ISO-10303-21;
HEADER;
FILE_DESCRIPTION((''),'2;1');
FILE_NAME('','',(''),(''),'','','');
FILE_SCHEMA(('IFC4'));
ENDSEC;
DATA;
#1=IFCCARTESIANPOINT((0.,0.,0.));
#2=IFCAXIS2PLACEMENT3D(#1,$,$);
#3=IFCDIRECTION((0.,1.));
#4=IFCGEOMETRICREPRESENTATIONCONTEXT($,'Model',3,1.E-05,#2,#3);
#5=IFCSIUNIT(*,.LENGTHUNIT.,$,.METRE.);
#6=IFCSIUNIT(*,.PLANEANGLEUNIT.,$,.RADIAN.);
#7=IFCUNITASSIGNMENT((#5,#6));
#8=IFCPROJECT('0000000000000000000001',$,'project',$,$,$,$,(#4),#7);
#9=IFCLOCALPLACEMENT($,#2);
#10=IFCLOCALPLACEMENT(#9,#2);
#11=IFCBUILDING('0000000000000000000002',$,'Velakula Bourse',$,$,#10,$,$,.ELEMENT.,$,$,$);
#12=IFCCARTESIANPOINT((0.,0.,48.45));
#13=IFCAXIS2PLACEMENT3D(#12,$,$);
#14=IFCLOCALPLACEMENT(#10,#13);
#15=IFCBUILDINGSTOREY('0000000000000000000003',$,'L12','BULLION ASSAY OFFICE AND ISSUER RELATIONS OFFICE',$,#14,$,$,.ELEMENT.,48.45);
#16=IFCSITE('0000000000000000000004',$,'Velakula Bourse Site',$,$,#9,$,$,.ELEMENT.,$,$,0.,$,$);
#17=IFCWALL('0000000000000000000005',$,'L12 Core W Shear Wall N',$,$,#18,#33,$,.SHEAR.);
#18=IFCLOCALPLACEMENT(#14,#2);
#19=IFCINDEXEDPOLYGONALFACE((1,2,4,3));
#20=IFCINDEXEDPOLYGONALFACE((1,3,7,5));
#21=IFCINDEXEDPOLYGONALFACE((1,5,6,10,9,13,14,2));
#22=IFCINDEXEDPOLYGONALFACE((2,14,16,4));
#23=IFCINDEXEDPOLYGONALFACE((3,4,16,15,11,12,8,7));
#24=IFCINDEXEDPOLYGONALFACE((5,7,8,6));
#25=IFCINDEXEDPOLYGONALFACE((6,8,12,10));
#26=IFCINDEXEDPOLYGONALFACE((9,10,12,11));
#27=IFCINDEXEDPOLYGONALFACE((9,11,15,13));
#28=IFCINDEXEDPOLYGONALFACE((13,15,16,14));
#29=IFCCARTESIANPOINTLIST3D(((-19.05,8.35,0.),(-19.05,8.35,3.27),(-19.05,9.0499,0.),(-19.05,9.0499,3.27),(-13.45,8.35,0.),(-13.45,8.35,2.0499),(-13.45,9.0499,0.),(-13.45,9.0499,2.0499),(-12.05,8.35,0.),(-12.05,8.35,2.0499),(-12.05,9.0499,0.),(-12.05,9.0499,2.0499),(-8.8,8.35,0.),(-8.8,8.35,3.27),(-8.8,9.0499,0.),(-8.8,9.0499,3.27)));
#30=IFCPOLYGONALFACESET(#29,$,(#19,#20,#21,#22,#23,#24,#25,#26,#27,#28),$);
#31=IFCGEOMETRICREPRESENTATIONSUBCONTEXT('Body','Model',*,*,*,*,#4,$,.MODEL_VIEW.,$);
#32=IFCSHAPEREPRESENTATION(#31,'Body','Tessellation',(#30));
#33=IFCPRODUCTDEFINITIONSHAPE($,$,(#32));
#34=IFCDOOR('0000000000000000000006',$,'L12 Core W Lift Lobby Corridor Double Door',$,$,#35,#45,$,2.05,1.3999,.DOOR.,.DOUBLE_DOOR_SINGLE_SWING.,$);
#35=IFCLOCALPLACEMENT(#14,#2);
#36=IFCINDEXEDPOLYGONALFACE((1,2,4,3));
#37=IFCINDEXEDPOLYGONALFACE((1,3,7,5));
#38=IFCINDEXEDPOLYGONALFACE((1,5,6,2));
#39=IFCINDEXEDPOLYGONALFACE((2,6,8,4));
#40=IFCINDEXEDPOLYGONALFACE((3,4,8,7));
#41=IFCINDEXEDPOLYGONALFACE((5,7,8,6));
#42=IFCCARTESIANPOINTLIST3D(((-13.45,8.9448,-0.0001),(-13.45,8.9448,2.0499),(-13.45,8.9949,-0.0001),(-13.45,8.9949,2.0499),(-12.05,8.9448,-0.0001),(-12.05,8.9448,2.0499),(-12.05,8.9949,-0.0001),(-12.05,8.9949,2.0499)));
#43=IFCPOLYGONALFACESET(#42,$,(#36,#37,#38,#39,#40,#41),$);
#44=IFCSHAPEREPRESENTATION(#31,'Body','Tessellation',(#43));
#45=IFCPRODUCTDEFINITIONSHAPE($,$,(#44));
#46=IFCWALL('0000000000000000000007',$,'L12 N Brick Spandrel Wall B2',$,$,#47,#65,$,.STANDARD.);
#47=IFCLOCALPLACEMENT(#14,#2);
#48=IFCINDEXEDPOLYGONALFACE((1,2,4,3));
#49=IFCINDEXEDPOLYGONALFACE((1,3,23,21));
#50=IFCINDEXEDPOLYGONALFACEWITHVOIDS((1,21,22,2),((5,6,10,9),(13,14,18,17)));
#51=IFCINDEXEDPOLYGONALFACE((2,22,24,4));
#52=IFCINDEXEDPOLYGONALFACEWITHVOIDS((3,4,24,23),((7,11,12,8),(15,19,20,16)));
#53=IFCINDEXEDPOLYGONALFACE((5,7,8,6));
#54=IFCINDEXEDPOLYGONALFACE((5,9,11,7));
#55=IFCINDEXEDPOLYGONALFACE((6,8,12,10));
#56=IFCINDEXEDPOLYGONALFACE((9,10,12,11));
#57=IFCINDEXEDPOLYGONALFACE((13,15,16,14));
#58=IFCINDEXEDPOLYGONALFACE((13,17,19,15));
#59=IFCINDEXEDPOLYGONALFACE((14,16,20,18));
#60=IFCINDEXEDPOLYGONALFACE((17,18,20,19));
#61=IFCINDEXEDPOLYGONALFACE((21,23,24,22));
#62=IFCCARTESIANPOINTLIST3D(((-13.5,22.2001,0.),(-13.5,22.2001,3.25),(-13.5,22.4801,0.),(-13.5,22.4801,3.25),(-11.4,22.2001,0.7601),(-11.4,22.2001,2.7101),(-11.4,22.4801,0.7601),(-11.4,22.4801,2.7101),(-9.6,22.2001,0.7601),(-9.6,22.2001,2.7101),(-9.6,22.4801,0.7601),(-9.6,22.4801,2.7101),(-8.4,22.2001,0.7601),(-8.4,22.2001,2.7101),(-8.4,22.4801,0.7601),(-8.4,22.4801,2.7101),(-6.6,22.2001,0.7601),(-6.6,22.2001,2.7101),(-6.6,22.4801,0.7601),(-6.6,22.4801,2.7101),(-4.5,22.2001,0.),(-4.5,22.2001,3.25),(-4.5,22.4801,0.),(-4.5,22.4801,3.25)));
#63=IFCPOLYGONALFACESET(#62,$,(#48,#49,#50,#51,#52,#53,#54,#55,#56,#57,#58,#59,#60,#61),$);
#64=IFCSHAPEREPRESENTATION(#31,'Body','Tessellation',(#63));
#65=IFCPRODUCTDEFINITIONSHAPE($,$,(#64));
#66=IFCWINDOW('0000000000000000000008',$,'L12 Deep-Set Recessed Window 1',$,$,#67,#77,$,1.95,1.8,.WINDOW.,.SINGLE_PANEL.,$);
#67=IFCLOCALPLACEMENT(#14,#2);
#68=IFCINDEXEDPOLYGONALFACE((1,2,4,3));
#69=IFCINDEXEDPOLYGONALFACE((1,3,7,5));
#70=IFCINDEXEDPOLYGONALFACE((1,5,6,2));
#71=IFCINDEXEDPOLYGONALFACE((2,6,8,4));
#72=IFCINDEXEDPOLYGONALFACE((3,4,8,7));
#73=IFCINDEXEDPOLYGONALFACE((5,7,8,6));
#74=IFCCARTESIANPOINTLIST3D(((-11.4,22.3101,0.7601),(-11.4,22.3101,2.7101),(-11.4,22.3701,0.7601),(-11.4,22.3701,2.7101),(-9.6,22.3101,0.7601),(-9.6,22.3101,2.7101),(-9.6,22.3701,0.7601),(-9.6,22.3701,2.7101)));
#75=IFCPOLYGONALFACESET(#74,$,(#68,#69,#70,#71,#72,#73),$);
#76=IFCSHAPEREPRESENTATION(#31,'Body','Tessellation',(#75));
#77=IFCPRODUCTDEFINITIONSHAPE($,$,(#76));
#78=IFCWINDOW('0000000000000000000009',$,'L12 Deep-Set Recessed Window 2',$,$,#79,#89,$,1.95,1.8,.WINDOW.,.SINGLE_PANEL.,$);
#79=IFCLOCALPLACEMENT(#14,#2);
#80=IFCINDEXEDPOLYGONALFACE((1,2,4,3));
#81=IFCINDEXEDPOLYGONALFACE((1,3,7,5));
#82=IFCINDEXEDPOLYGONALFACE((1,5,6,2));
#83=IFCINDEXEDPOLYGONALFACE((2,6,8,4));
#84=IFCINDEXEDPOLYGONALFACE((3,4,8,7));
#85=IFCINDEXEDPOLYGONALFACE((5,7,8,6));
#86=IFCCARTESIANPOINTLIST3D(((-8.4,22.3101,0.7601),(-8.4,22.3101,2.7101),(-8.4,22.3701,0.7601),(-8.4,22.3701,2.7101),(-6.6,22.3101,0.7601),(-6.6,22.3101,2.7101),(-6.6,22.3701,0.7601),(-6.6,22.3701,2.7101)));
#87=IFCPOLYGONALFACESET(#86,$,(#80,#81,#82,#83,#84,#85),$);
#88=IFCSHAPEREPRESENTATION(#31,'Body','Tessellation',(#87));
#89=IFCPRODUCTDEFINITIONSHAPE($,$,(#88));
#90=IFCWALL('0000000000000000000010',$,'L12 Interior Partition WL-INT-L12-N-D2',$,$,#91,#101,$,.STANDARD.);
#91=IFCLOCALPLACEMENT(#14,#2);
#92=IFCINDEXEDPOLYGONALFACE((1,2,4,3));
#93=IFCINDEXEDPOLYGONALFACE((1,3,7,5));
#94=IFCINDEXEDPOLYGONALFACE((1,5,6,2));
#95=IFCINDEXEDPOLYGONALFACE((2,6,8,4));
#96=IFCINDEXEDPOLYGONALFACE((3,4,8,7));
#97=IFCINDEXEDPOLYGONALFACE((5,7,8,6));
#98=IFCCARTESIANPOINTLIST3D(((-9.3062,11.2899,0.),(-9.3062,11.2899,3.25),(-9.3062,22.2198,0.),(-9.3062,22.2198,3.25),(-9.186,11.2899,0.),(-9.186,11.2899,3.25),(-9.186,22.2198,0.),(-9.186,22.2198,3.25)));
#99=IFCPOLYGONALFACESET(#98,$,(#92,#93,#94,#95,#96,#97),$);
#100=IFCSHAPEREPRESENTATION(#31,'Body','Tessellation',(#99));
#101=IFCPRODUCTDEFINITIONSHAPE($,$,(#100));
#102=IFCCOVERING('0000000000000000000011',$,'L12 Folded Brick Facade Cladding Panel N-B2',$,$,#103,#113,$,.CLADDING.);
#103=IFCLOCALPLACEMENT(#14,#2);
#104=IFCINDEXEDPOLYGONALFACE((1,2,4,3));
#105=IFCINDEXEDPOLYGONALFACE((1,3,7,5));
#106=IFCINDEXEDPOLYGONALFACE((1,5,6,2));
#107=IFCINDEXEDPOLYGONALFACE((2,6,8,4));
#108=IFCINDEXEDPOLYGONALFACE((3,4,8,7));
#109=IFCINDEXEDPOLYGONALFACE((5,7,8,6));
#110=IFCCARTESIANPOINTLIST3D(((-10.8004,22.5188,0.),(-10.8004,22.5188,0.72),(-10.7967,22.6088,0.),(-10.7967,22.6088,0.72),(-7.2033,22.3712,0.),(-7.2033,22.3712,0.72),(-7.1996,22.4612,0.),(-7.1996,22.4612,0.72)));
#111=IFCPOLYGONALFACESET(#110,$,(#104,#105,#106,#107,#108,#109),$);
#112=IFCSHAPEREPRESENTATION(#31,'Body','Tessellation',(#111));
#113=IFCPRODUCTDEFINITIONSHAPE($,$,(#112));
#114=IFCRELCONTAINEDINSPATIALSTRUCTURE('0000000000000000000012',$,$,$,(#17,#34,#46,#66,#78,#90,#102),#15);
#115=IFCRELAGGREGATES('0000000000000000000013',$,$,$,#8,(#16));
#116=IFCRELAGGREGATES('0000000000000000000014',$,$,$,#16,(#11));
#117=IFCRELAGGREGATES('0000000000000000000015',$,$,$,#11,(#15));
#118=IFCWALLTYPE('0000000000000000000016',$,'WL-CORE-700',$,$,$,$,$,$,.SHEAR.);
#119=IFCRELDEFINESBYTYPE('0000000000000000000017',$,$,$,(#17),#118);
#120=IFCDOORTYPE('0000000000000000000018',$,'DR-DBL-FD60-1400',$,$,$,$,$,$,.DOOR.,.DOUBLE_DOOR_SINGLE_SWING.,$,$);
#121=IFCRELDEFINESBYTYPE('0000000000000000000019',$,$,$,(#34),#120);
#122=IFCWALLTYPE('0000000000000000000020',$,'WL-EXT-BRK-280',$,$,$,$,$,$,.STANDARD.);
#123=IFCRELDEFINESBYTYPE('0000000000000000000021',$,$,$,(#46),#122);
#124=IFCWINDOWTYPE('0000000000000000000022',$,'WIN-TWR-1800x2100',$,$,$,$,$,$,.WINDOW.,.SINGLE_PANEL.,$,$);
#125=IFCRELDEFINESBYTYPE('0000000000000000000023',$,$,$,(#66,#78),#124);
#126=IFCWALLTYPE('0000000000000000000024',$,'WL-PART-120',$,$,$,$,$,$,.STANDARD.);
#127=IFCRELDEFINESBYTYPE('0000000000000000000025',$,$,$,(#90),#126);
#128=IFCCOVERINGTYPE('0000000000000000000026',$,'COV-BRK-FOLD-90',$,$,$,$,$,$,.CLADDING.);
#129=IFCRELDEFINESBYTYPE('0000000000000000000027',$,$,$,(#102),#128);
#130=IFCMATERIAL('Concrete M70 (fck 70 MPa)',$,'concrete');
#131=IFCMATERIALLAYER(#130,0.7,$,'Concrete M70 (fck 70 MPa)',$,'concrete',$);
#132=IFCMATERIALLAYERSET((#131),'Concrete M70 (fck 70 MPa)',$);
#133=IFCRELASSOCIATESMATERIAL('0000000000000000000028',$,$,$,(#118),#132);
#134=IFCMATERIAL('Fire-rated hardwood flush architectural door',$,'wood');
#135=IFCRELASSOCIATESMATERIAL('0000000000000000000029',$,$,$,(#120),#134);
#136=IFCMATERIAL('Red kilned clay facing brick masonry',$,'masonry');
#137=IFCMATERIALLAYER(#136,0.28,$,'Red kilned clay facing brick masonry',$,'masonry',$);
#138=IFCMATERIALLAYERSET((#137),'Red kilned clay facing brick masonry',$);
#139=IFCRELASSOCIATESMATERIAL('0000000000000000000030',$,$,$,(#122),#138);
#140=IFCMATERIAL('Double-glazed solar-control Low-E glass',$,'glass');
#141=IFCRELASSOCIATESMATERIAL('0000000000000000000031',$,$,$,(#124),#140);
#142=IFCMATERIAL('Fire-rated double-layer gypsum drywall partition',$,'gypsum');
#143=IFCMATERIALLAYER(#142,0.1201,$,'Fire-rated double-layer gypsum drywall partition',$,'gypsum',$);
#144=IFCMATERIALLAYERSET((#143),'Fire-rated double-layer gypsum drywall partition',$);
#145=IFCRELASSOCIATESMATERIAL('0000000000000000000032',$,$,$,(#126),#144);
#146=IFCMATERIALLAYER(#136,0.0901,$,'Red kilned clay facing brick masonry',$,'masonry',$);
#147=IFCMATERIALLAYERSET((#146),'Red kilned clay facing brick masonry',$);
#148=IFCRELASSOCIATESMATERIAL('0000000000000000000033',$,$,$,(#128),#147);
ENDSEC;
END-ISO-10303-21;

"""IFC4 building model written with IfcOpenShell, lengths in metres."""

from ifc_helpers import new_model, si_unit, direction, frame, frame_2d, origin, origin_2d, place, context, subcontext, project, spatial, rectangle, extrude, material, layer, layer_set, type_object, element, fill, save


model = new_model("IFC4")

# Units and contexts
model_context = context("Model", 3, precision=1e-05, world=origin(), true_north=direction((0.0, 1.0)))
body_context = subcontext(model_context, "Body", "Model", "MODEL_VIEW")
ifc_project = project(units=[si_unit("LENGTHUNIT", "METRE"), si_unit("PLANEANGLEUNIT", "RADIAN")], contexts=[model_context])

# Site, building, storey
site_placement = place(None, origin())
site = spatial("IfcSite", under=ifc_project, at=site_placement, Name="Velakula Bourse Site", CompositionType="ELEMENT", RefElevation=0.0)
building_placement = place(site_placement, origin())
building = spatial("IfcBuilding", under=site, at=building_placement, Name="Velakula Bourse", CompositionType="ELEMENT")
storey_placement = place(building_placement, frame((0.0, 0.0, 48.45)))
storey = spatial("IfcBuildingStorey", under=building, at=storey_placement, Name="L12", Description="BULLION ASSAY OFFICE AND ISSUER RELATIONS OFFICE", CompositionType="ELEMENT", Elevation=48.45)

# Wall, opening, door
ifc_material_1 = material(Name="Concrete M70 (fck 70 MPa)", Category="concrete")
ifc_layer_1 = layer(ifc_material_1, 0.7, Name="Concrete M70 (fck 70 MPa)", Category="concrete")
ifc_layer_set_1 = layer_set([ifc_layer_1], Name="Concrete M70 (fck 70 MPa)")
wall_type_1 = type_object("IfcWallType", Name="WL-CORE-700", PredefinedType="SHEAR", material=ifc_layer_set_1)
wall_1_placement = place(storey_placement, frame((-19.05, 8.7, 0.0), z_axis=(0.0, 0.0, 1.0), x_axis=(1.0, 0.0, 0.0)))
wall_1 = element("IfcWall", 1, at=wall_1_placement, inside=storey, type_object=wall_type_1, Name="L12 Core W Shear Wall N", PredefinedType="SHEAR", context=body_context, shape_type="SweptSolid", body=[
    extrude(rectangle(XDim=10.25, YDim=0.7, at=frame_2d((5.125, 0.0))), origin(), (0.0, 0.0, 1.0), 3.27),
])
opening_1_placement = place(wall_1_placement, frame((5.6001, 0.0, 0.0)))
opening_1 = element("IfcOpeningElement", 2, at=opening_1_placement, cuts=wall_1, PredefinedType="OPENING", context=body_context, shape_type="SweptSolid", body=[
    extrude(rectangle(XDim=1.3999, YDim=2.05, at=frame_2d((0.7, 1.0249))), frame((0.0, 0.3599, 0.0), z_axis=(0.0, -1.0, 0.0), x_axis=(1.0, 0.0, 0.0)), (0.0, 0.0, 1.0), 0.72),
])
ifc_material_2 = material(Name="Fire-rated hardwood flush architectural door", Category="wood")
door_type = type_object("IfcDoorType", Name="DR-DBL-FD60-1400", OperationType="DOUBLE_DOOR_SINGLE_SWING", PredefinedType="DOOR", material=ifc_material_2)
door_placement = place(opening_1_placement, origin())
door = element("IfcDoor", 3, at=door_placement, inside=storey, type_object=door_type, Name="L12 Core W Lift Lobby Corridor Double Door", OperationType="DOUBLE_DOOR_SINGLE_SWING", OverallHeight=2.05, OverallWidth=1.3999, PredefinedType="DOOR", context=body_context, shape_type="SweptSolid", body=[
    extrude(rectangle(XDim=1.3999, YDim=2.05, at=frame_2d((0.7, 1.0249))), frame((0.0, 0.2949, 0.0), z_axis=(0.0, -1.0, 0.0), x_axis=(1.0, 0.0, 0.0)), (0.0, 0.0, 1.0), 0.05),
])
fill(opening_1, door)

# Wall, openings, windows
ifc_material_3 = material(Name="Red kilned clay facing brick masonry", Category="masonry")
ifc_layer_2 = layer(ifc_material_3, 0.28, Name="Red kilned clay facing brick masonry", Category="masonry")
ifc_layer_set_2 = layer_set([ifc_layer_2], Name="Red kilned clay facing brick masonry")
wall_type_2 = type_object("IfcWallType", Name="WL-EXT-BRK-280", PredefinedType="STANDARD", material=ifc_layer_set_2)
wall_2_placement = place(storey_placement, frame((-13.5, 22.3401, 0.0), z_axis=(0.0, 0.0, 1.0), x_axis=(1.0, 0.0, 0.0)))
wall_2 = element("IfcWall", 4, at=wall_2_placement, inside=storey, type_object=wall_type_2, Name="L12 N Brick Spandrel Wall B2", PredefinedType="STANDARD", context=body_context, shape_type="SweptSolid", body=[
    extrude(rectangle(XDim=9.0, YDim=0.28, at=frame_2d((4.5, 0.0))), origin(), (0.0, 0.0, 1.0), 3.25),
])
opening_2_placement = place(wall_2_placement, frame((2.1001, 0.0, 0.76)))
opening_2 = element("IfcOpeningElement", 5, at=opening_2_placement, cuts=wall_2, PredefinedType="OPENING", context=body_context, shape_type="SweptSolid", body=[
    extrude(rectangle(XDim=1.8, YDim=1.95, at=frame_2d((0.8999, 0.9751))), frame((0.0, 0.1499, 0.0), z_axis=(0.0, -1.0, 0.0), x_axis=(1.0, 0.0, 0.0)), (0.0, 0.0, 1.0), 0.3),
])
opening_3_placement = place(wall_2_placement, frame((5.1001, 0.0, 0.76)))
opening_3 = element("IfcOpeningElement", 6, at=opening_3_placement, cuts=wall_2, PredefinedType="OPENING", context=body_context, shape_type="SweptSolid", body=[
    extrude(rectangle(XDim=1.8, YDim=1.95, at=frame_2d((0.8999, 0.9751))), frame((0.0, 0.1499, 0.0), z_axis=(0.0, -1.0, 0.0), x_axis=(1.0, 0.0, 0.0)), (0.0, 0.0, 1.0), 0.3),
])
ifc_material_4 = material(Name="Double-glazed solar-control Low-E glass", Category="glass")
window_type = type_object("IfcWindowType", Name="WIN-TWR-1800x2100", PartitioningType="SINGLE_PANEL", PredefinedType="WINDOW", material=ifc_material_4)
window_1_placement = place(opening_2_placement, origin())
window_1 = element("IfcWindow", 7, at=window_1_placement, inside=storey, type_object=window_type, Name="L12 Deep-Set Recessed Window 1", OverallHeight=1.95, OverallWidth=1.8, PartitioningType="SINGLE_PANEL", PredefinedType="WINDOW", context=body_context, shape_type="SweptSolid", body=[
    extrude(rectangle(XDim=1.8, YDim=1.95, at=frame_2d((0.8999, 0.9751))), frame((0.0, 0.03, 0.0), z_axis=(0.0, -1.0, 0.0), x_axis=(1.0, 0.0, 0.0)), (0.0, 0.0, 1.0), 0.0601),
])
fill(opening_2, window_1)
window_2_placement = place(opening_3_placement, origin())
window_2 = element("IfcWindow", 8, at=window_2_placement, inside=storey, type_object=window_type, Name="L12 Deep-Set Recessed Window 2", OverallHeight=1.95, OverallWidth=1.8, PartitioningType="SINGLE_PANEL", PredefinedType="WINDOW", context=body_context, shape_type="SweptSolid", body=[
    extrude(rectangle(XDim=1.8, YDim=1.95, at=frame_2d((0.8999, 0.9751))), frame((0.0, 0.03, 0.0), z_axis=(0.0, -1.0, 0.0), x_axis=(1.0, 0.0, 0.0)), (0.0, 0.0, 1.0), 0.0601),
])
fill(opening_3, window_2)

# Wall
ifc_material_5 = material(Name="Fire-rated double-layer gypsum drywall partition", Category="gypsum")
ifc_layer_3 = layer(ifc_material_5, 0.1201, Name="Fire-rated double-layer gypsum drywall partition", Category="gypsum")
ifc_layer_set_3 = layer_set([ifc_layer_3], Name="Fire-rated double-layer gypsum drywall partition")
wall_type_3 = type_object("IfcWallType", Name="WL-PART-120", PredefinedType="STANDARD", material=ifc_layer_set_3)
wall_3_placement = place(storey_placement, frame((-9.2461, 11.29, 0.0), z_axis=(0.0, 0.0, 1.0), x_axis=(0.0, 1.0, 0.0)))
element("IfcWall", 9, at=wall_3_placement, inside=storey, type_object=wall_type_3, Name="L12 Interior Partition WL-INT-L12-N-D2", PredefinedType="STANDARD", context=body_context, shape_type="SweptSolid", body=[
    extrude(rectangle(XDim=10.9299, YDim=0.1201, at=frame_2d((5.4648, 0.0))), origin(), (0.0, 0.0, 1.0), 3.25),
])

# Covering
ifc_layer_4 = layer(ifc_material_3, 0.0901, Name="Red kilned clay facing brick masonry", Category="masonry")
ifc_layer_set_4 = layer_set([ifc_layer_4], Name="Red kilned clay facing brick masonry")
covering_type = type_object("IfcCoveringType", Name="COV-BRK-FOLD-90", PredefinedType="CLADDING", material=ifc_layer_set_4)
covering_placement = place(storey_placement, frame((-9.0, 22.49, 0.0), z_axis=(0.0, 0.0, 1.0), x_axis=(0.999159, -0.041004, 0.0)))
element("IfcCovering", 10, at=covering_placement, inside=storey, type_object=covering_type, Name="L12 Folded Brick Facade Cladding Panel N-B2", PredefinedType="CLADDING", context=body_context, shape_type="SweptSolid", body=[
    extrude(rectangle(XDim=3.6001, YDim=0.0901, at=origin_2d()), origin(), (0.0, 0.0, 1.0), 0.72),
])

save(model, "model.ifc")
